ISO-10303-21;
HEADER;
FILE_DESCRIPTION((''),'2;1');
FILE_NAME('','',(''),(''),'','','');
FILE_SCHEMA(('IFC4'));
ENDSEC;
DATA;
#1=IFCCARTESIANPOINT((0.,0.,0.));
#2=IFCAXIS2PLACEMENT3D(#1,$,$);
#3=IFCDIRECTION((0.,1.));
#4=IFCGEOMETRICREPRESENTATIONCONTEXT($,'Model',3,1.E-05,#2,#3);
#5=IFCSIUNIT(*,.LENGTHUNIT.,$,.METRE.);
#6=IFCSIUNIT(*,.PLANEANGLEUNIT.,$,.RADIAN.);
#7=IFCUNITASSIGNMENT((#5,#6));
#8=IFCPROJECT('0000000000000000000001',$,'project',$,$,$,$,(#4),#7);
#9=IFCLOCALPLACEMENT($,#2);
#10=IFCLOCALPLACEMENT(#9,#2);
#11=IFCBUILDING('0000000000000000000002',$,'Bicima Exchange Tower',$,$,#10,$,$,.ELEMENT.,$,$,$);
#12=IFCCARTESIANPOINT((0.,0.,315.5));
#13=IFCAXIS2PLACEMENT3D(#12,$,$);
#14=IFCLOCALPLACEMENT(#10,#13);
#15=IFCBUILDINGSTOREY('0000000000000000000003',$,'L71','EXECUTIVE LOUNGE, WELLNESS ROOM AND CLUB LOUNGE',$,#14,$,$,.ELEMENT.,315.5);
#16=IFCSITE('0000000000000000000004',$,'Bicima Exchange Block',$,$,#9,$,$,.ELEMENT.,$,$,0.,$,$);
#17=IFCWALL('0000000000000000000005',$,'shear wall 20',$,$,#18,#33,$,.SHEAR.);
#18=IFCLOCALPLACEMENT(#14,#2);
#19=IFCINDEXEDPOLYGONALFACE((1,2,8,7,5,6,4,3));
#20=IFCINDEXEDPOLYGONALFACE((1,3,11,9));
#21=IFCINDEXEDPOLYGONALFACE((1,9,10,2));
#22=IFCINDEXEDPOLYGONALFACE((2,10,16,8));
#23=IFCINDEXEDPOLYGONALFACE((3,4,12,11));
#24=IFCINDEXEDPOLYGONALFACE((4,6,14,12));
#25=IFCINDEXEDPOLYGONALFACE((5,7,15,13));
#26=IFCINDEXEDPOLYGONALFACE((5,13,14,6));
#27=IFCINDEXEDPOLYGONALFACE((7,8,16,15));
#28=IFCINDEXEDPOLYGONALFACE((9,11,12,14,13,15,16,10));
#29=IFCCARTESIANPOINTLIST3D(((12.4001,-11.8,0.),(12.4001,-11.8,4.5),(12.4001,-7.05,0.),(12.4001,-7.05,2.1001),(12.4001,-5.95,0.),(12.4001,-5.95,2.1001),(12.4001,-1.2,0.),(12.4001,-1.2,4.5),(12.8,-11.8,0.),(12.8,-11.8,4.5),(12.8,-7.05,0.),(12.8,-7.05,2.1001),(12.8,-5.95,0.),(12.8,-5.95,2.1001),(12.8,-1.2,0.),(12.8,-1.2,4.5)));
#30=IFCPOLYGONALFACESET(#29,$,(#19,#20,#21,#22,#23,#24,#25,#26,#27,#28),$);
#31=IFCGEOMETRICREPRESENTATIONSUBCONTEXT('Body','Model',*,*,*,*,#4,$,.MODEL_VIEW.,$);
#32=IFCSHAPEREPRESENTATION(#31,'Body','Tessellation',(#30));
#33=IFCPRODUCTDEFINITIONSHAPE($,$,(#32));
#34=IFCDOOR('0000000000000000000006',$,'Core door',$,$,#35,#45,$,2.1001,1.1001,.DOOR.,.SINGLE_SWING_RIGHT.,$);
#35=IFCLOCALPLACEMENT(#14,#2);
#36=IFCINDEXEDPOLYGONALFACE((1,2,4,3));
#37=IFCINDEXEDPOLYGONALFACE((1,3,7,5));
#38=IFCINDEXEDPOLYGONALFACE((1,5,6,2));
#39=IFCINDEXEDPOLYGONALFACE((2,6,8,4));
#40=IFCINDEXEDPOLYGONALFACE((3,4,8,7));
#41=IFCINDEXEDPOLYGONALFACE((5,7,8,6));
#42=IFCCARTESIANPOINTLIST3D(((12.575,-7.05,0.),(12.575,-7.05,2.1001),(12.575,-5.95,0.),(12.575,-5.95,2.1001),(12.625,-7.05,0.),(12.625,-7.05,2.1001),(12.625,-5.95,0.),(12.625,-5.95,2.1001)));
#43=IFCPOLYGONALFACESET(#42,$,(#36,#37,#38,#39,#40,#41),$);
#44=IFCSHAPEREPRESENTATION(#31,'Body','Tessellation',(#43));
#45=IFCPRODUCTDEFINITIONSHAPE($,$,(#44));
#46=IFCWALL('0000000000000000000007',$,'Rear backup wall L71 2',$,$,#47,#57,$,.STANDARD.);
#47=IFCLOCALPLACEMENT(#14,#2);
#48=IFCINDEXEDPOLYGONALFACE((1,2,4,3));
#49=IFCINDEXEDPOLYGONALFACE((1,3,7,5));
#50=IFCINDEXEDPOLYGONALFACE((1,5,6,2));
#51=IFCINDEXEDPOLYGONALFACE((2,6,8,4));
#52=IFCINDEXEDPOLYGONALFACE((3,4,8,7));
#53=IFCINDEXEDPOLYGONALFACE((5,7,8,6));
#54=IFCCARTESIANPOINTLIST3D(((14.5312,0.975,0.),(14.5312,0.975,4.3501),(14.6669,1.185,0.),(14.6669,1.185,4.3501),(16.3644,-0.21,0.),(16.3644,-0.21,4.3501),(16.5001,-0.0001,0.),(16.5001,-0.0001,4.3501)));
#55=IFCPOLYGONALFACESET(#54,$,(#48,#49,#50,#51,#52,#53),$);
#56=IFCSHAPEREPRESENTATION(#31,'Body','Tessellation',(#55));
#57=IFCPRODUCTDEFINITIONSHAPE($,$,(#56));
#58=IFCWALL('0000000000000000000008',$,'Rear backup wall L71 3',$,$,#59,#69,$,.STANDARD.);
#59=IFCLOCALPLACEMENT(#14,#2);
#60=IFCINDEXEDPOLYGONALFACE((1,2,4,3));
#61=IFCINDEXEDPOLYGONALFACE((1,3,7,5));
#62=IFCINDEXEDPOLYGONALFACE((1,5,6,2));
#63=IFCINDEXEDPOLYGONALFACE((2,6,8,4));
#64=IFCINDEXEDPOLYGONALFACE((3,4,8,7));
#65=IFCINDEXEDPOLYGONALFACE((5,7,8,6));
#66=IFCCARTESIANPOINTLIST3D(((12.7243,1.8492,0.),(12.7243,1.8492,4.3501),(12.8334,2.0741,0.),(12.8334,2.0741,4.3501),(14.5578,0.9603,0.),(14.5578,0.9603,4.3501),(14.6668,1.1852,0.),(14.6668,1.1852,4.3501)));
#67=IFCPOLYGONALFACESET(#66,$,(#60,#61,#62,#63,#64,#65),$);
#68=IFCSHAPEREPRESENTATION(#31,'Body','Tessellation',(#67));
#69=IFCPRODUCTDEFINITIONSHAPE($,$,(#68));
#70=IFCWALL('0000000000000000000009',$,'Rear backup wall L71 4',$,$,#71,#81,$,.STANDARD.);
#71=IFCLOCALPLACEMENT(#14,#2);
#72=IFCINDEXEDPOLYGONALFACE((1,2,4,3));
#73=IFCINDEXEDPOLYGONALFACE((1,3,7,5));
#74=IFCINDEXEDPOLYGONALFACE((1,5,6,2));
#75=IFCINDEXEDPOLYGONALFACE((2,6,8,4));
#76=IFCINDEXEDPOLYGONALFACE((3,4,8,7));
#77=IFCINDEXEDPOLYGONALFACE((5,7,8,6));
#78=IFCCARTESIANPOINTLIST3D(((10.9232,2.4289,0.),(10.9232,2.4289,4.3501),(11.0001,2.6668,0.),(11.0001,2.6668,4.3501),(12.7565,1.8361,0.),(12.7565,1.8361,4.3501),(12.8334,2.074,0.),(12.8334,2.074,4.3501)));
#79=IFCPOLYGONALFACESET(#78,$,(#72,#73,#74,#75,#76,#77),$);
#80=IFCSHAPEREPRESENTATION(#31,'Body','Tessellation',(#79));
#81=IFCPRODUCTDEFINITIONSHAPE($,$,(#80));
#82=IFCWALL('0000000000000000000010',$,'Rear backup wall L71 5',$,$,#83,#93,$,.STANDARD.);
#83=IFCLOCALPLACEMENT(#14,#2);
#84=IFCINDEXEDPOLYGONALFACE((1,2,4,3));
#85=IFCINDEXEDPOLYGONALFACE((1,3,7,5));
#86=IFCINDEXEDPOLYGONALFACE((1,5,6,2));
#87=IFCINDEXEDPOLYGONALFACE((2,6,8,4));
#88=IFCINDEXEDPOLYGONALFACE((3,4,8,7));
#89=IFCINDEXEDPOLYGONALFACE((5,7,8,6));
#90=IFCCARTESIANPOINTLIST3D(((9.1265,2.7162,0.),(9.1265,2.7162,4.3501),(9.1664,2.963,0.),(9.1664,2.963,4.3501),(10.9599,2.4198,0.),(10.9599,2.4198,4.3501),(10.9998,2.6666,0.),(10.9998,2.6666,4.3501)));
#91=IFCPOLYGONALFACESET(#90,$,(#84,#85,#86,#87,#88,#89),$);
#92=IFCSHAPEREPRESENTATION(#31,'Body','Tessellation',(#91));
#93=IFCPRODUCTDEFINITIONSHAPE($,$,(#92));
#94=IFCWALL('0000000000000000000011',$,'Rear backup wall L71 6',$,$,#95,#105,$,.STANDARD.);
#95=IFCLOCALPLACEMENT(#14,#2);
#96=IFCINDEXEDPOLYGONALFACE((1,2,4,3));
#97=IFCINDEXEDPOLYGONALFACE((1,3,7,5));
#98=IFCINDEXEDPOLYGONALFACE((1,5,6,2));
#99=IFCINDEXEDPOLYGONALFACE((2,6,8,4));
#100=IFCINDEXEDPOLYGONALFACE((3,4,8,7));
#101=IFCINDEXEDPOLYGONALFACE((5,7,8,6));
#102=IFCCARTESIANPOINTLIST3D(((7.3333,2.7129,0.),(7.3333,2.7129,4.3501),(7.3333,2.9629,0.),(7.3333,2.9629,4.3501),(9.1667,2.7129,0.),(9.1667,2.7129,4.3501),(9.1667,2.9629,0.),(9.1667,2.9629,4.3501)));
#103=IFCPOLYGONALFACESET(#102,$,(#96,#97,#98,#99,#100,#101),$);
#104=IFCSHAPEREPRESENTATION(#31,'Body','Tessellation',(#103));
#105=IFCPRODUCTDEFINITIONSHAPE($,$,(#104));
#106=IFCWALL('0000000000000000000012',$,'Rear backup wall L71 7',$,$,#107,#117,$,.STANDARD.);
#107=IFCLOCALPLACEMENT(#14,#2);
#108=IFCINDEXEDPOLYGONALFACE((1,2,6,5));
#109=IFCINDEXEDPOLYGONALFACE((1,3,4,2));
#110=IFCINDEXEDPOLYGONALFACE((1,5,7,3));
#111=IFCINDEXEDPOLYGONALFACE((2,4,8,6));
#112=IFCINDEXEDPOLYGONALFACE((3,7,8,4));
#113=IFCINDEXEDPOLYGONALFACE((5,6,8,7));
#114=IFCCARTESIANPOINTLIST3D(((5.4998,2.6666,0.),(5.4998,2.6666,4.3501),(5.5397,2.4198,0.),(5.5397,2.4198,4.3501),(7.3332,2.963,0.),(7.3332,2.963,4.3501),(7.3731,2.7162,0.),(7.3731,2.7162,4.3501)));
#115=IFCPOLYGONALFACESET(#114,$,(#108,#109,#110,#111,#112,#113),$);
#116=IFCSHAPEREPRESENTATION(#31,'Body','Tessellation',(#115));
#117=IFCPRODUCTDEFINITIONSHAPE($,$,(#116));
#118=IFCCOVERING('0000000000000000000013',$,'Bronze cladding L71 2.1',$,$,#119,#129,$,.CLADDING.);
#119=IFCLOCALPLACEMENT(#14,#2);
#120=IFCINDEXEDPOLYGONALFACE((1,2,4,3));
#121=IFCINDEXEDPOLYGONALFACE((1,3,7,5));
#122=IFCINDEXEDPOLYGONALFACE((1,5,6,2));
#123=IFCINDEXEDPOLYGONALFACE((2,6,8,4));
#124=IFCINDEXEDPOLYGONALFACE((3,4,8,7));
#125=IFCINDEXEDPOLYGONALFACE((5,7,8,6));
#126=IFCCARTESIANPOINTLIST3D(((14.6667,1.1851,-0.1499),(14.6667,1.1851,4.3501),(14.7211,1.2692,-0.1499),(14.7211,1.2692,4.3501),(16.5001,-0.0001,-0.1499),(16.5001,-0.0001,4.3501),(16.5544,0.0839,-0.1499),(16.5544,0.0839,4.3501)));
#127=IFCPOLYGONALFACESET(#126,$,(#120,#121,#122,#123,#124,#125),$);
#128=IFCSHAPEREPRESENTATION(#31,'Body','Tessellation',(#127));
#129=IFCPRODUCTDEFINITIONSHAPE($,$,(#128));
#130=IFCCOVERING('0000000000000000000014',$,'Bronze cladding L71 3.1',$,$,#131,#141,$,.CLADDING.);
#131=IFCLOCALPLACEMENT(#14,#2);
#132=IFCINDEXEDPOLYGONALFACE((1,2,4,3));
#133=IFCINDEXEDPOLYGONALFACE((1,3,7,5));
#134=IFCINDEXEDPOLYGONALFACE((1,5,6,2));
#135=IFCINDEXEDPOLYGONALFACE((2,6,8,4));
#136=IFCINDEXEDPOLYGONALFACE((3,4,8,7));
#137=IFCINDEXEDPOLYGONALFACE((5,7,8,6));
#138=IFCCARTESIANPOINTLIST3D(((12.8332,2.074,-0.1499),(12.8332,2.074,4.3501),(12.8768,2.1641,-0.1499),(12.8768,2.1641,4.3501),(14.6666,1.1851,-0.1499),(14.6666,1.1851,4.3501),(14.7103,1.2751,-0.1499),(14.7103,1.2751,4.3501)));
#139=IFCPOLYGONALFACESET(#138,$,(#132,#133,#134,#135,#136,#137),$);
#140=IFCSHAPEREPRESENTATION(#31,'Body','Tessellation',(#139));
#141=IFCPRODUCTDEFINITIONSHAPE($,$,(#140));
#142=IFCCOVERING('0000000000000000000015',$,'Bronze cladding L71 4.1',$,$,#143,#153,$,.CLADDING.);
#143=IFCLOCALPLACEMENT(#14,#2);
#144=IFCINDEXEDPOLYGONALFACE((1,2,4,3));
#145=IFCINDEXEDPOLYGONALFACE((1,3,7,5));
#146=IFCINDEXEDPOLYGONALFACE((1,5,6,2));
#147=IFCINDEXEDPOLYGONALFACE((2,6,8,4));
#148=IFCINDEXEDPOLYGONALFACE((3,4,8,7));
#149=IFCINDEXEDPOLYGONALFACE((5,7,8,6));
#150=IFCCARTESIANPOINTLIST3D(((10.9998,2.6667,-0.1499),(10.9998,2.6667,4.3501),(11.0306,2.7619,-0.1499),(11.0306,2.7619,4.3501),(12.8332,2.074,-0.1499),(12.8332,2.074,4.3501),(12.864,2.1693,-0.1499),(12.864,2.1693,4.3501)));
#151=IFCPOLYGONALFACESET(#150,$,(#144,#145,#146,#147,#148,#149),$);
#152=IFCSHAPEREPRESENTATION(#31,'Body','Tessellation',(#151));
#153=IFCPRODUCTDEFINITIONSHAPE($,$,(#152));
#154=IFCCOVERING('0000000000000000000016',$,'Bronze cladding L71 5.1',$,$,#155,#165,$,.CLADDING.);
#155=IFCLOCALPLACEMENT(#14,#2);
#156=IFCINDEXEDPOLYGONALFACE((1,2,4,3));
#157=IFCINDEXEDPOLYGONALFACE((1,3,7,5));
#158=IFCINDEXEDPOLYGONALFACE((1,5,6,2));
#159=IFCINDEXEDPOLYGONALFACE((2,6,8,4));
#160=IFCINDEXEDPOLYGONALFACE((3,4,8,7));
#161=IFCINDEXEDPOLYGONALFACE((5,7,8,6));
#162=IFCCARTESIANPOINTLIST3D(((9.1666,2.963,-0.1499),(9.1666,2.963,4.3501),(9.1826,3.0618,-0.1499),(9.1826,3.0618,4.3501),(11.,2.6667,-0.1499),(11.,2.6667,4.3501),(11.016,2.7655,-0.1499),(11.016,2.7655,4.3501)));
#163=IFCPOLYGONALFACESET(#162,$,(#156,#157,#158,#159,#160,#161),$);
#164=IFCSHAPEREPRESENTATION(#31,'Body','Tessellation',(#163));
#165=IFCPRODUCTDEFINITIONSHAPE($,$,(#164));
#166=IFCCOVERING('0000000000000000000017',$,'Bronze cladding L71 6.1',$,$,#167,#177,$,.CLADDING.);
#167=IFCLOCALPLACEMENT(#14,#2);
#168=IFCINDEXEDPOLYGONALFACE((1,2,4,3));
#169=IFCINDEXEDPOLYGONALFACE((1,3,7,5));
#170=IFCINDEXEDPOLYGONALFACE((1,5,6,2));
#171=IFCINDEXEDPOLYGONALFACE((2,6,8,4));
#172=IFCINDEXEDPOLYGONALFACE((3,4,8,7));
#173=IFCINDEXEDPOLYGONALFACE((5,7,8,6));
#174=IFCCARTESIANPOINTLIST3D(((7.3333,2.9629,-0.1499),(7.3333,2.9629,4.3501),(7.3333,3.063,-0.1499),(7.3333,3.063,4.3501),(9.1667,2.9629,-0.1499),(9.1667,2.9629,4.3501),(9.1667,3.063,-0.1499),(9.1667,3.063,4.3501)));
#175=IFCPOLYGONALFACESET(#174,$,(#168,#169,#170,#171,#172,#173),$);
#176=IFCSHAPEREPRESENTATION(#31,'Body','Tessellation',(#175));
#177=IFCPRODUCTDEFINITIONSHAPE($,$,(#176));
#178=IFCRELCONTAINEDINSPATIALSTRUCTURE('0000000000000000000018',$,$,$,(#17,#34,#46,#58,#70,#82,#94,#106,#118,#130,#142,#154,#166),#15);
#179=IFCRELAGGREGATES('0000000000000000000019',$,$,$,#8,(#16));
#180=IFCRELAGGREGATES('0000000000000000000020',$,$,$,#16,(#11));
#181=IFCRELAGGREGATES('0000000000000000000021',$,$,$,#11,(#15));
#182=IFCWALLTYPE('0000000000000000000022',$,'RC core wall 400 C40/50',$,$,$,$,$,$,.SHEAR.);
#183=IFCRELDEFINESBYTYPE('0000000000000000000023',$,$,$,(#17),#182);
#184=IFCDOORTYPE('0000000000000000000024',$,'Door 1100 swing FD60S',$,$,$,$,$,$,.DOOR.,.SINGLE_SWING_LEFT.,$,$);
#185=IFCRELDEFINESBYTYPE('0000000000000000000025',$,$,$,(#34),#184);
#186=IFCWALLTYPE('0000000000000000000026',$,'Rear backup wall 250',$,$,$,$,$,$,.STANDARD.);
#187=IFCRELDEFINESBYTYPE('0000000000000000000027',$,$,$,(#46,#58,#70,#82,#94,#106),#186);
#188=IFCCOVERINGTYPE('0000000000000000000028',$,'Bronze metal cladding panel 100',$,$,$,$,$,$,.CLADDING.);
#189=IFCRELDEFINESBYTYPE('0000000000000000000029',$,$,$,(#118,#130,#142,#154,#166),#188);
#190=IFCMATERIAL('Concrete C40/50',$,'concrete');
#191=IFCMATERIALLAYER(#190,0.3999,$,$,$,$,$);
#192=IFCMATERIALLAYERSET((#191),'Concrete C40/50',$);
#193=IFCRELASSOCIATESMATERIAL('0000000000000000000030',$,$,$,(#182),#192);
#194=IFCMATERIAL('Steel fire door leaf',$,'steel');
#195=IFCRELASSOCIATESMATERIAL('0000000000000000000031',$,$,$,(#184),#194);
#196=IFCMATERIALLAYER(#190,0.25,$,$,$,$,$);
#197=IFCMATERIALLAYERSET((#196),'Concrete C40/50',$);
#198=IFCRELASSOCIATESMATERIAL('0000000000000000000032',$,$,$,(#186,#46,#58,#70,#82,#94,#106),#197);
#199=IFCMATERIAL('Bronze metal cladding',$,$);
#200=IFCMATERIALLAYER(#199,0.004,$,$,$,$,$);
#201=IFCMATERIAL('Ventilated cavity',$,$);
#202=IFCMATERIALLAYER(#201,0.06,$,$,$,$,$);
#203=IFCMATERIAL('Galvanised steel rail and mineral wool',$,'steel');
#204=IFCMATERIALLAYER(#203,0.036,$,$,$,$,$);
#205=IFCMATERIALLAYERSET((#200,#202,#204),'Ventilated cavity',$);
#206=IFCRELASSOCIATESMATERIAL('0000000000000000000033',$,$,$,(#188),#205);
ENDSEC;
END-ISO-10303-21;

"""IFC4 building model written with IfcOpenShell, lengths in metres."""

from ifc_helpers import new_model, si_unit, direction, frame, frame_2d, origin, origin_2d, place, context, subcontext, project, spatial, rectangle, extrude, material, layer, layer_set, layer_usage, type_object, element, fill, save


model = new_model("IFC4")

# Units and contexts
model_context = context("Model", 3, precision=1e-05, world=origin(), true_north=direction((0.0, 1.0)))
body_context = subcontext(model_context, "Body", "Model", "MODEL_VIEW")
ifc_project = project(units=[si_unit("LENGTHUNIT", "METRE"), si_unit("PLANEANGLEUNIT", "RADIAN")], contexts=[model_context])

# Site, building, storey
site_placement = place(None, origin())
site = spatial("IfcSite", under=ifc_project, at=site_placement, Name="Bicima Exchange Block", CompositionType="ELEMENT", RefElevation=0.0)
building_placement = place(site_placement, origin())
building = spatial("IfcBuilding", under=site, at=building_placement, Name="Bicima Exchange Tower", CompositionType="ELEMENT")
storey_placement = place(building_placement, frame((0.0, 0.0, 315.5)))
storey = spatial("IfcBuildingStorey", under=building, at=storey_placement, Name="L71", Description="EXECUTIVE LOUNGE, WELLNESS ROOM AND CLUB LOUNGE", CompositionType="ELEMENT", Elevation=315.5)

# Wall, opening, door
ifc_material_1 = material(Name="Concrete C40/50", Category="concrete")
ifc_layer_1 = layer(ifc_material_1, 0.3999)
ifc_layer_set_1 = layer_set([ifc_layer_1], Name="Concrete C40/50")
wall_type_1 = type_object("IfcWallType", Name="RC core wall 400 C40/50", PredefinedType="SHEAR", material=ifc_layer_set_1)
wall_1_placement = place(storey_placement, frame((12.6001, -11.8, 0.0), z_axis=(0.0, 0.0, 1.0), x_axis=(0.0, 1.0, 0.0)))
wall_1 = element("IfcWall", 1, at=wall_1_placement, inside=storey, type_object=wall_type_1, Name="shear wall 20", PredefinedType="SHEAR", context=body_context, shape_type="SweptSolid", body=[
    extrude(rectangle(XDim=10.6001, YDim=0.3999, at=frame_2d((5.3, 0.0))), origin(), (0.0, 0.0, 1.0), 4.5),
])
opening_placement = place(wall_1_placement, frame((4.75, 0.0, 0.0)))
opening = element("IfcOpeningElement", 2, at=opening_placement, cuts=wall_1, PredefinedType="OPENING", context=body_context, shape_type="SweptSolid", body=[
    extrude(rectangle(XDim=1.1001, YDim=2.1001, at=frame_2d((0.55, 1.05))), frame((0.0, 0.2119, 0.0), z_axis=(0.0, -1.0, 0.0), x_axis=(1.0, 0.0, 0.0)), (0.0, 0.0, 1.0), 0.4238),
])
ifc_material_2 = material(Name="Steel fire door leaf", Category="steel")
door_type = type_object("IfcDoorType", Name="Door 1100 swing FD60S", OperationType="SINGLE_SWING_LEFT", PredefinedType="DOOR", material=ifc_material_2)
door_placement = place(opening_placement, frame((1.1001, 0.0, 0.0), z_axis=(0.0, 0.0, 1.0), x_axis=(-1.0, 0.0, 0.0)))
door = element("IfcDoor", 3, at=door_placement, inside=storey, type_object=door_type, Name="Core door", OperationType="SINGLE_SWING_RIGHT", OverallHeight=2.1001, OverallWidth=1.1001, PredefinedType="DOOR", context=body_context, shape_type="SweptSolid", body=[
    extrude(rectangle(XDim=1.1001, YDim=2.1001, at=frame_2d((0.55, 1.05))), frame((0.0, 0.0249, 0.0), z_axis=(0.0, -1.0, 0.0), x_axis=(1.0, 0.0, 0.0)), (0.0, 0.0, 1.0), 0.05),
])
fill(opening, door)

# Walls
ifc_layer_2 = layer(ifc_material_1, 0.25)
ifc_layer_set_2 = layer_set([ifc_layer_2], Name="Concrete C40/50")
ifc_layer_usage = layer_usage(ifc_layer_set_2, "AXIS2", "POSITIVE", -0.125)
wall_type_2 = type_object("IfcWallType", Name="Rear backup wall 250", PredefinedType="STANDARD", material=ifc_layer_set_2)
wall_2_placement = place(storey_placement, frame((16.4321, -0.105, 0.0), z_axis=(0.0, 0.0, 1.0), x_axis=(-0.839813, 0.542876, 0.0)))
element("IfcWall", 4, at=wall_2_placement, inside=storey, type_object=wall_type_2, material=ifc_layer_usage, Name="Rear backup wall L71 2", PredefinedType="STANDARD", context=body_context, shape_type="SweptSolid", body=[
    extrude(rectangle(XDim=2.1829, YDim=0.25, at=frame_2d((1.0913, 0.0))), origin(), (0.0, 0.0, 1.0), 4.3501),
])
wall_3_placement = place(storey_placement, frame((14.6123, 1.0728, 0.0), z_axis=(0.0, 0.0, 1.0), x_axis=(-0.899824, 0.436253, 0.0)))
element("IfcWall", 5, at=wall_3_placement, inside=storey, type_object=wall_type_2, material=ifc_layer_usage, Name="Rear backup wall L71 3", PredefinedType="STANDARD", context=body_context, shape_type="SweptSolid", body=[
    extrude(rectangle(XDim=2.0376, YDim=0.25, at=frame_2d((1.0188, 0.0))), origin(), (0.0, 0.0, 1.0), 4.3501),
])
wall_4_placement = place(storey_placement, frame((12.7949, 1.9551, 0.0), z_axis=(0.0, 0.0, 1.0), x_axis=(-0.951496, 0.307662, 0.0)))
element("IfcWall", 6, at=wall_4_placement, inside=storey, type_object=wall_type_2, material=ifc_layer_usage, Name="Rear backup wall L71 4", PredefinedType="STANDARD", context=body_context, shape_type="SweptSolid", body=[
    extrude(rectangle(XDim=1.9268, YDim=0.25, at=frame_2d((0.9634, 0.0))), origin(), (0.0, 0.0, 1.0), 4.3501),
])
wall_5_placement = place(storey_placement, frame((10.98, 2.5432, 0.0), z_axis=(0.0, 0.0, 1.0), x_axis=(-0.987182, 0.1596, 0.0)))
element("IfcWall", 7, at=wall_5_placement, inside=storey, type_object=wall_type_2, material=ifc_layer_usage, Name="Rear backup wall L71 5", PredefinedType="STANDARD", context=body_context, shape_type="SweptSolid", body=[
    extrude(rectangle(XDim=1.8572, YDim=0.25, at=frame_2d((0.9287, 0.0))), origin(), (0.0, 0.0, 1.0), 4.3501),
])
wall_6_placement = place(storey_placement, frame((9.1667, 2.8379, 0.0), z_axis=(0.0, 0.0, 1.0), x_axis=(-1.0, 0.0, 0.0)))
element("IfcWall", 8, at=wall_6_placement, inside=storey, type_object=wall_type_2, material=ifc_layer_usage, Name="Rear backup wall L71 6", PredefinedType="STANDARD", context=body_context, shape_type="SweptSolid", body=[
    extrude(rectangle(XDim=1.8335, YDim=0.25, at=frame_2d((0.9167, 0.0))), origin(), (0.0, 0.0, 1.0), 4.3501),
])
wall_7_placement = place(storey_placement, frame((7.3533, 2.8396, 0.0), z_axis=(0.0, 0.0, 1.0), x_axis=(-0.987182, -0.1596, 0.0)))
element("IfcWall", 9, at=wall_7_placement, inside=storey, type_object=wall_type_2, material=ifc_layer_usage, Name="Rear backup wall L71 7", PredefinedType="STANDARD", context=body_context, shape_type="SweptSolid", body=[
    extrude(rectangle(XDim=1.8572, YDim=0.25, at=frame_2d((0.9287, 0.0))), origin(), (0.0, 0.0, 1.0), 4.3501),
])

# Coverings
ifc_material_3 = material(Name="Bronze metal cladding")
ifc_layer_3 = layer(ifc_material_3, 0.004)
ifc_material_4 = material(Name="Ventilated cavity")
ifc_layer_4 = layer(ifc_material_4, 0.06)
ifc_material_5 = material(Name="Galvanised steel rail and mineral wool", Category="steel")
ifc_layer_5 = layer(ifc_material_5, 0.036)
ifc_layer_set_3 = layer_set([ifc_layer_3, ifc_layer_4, ifc_layer_5], Name="Ventilated cavity")
covering_type = type_object("IfcCoveringType", Name="Bronze metal cladding panel 100", PredefinedType="CLADDING", material=ifc_layer_set_3)
covering_1_placement = place(storey_placement, frame((15.6106, 0.6345, -0.1499), z_axis=(0.0, 0.0, 1.0), x_axis=(-0.83979, 0.542911, 0.0)))
element("IfcCovering", 10, at=covering_1_placement, inside=storey, type_object=covering_type, Name="Bronze cladding L71 2.1", PredefinedType="CLADDING", context=body_context, shape_type="SweptSolid", body=[
    extrude(rectangle(XDim=2.1831, YDim=0.1001, at=origin_2d()), origin(), (0.0, 0.0, 1.0), 4.5),
])
covering_2_placement = place(storey_placement, frame((13.7717, 1.6746, -0.1499), z_axis=(0.0, 0.0, 1.0), x_axis=(-0.899818, 0.436265, 0.0)))
element("IfcCovering", 11, at=covering_2_placement, inside=storey, type_object=covering_type, Name="Bronze cladding L71 3.1", PredefinedType="CLADDING", context=body_context, shape_type="SweptSolid", body=[
    extrude(rectangle(XDim=2.0376, YDim=0.1001, at=origin_2d()), origin(), (0.0, 0.0, 1.0), 4.5),
])
covering_3_placement = place(storey_placement, frame((11.9319, 2.418, -0.1499), z_axis=(0.0, 0.0, 1.0), x_axis=(-0.951525, 0.307573, 0.0)))
element("IfcCovering", 12, at=covering_3_placement, inside=storey, type_object=covering_type, Name="Bronze cladding L71 4.1", PredefinedType="CLADDING", context=body_context, shape_type="SweptSolid", body=[
    extrude(rectangle(XDim=1.9268, YDim=0.1001, at=origin_2d()), origin(), (0.0, 0.0, 1.0), 4.5),
])
covering_4_placement = place(storey_placement, frame((10.0913, 2.8643, -0.1499), z_axis=(0.0, 0.0, 1.0), x_axis=(-0.98719, 0.15955, 0.0)))
element("IfcCovering", 13, at=covering_4_placement, inside=storey, type_object=covering_type, Name="Bronze cladding L71 5.1", PredefinedType="CLADDING", context=body_context, shape_type="SweptSolid", body=[
    extrude(rectangle(XDim=1.8572, YDim=0.1001, at=origin_2d()), origin(), (0.0, 0.0, 1.0), 4.5),
])
covering_5_placement = place(storey_placement, frame((8.25, 3.0129, -0.1499), z_axis=(0.0, 0.0, 1.0), x_axis=(-1.0, 0.0, 0.0)))
element("IfcCovering", 14, at=covering_5_placement, inside=storey, type_object=covering_type, Name="Bronze cladding L71 6.1", PredefinedType="CLADDING", context=body_context, shape_type="SweptSolid", body=[
    extrude(rectangle(XDim=1.8335, YDim=0.1001, at=origin_2d()), origin(), (0.0, 0.0, 1.0), 4.5),
])

save(model, "model.ifc")
